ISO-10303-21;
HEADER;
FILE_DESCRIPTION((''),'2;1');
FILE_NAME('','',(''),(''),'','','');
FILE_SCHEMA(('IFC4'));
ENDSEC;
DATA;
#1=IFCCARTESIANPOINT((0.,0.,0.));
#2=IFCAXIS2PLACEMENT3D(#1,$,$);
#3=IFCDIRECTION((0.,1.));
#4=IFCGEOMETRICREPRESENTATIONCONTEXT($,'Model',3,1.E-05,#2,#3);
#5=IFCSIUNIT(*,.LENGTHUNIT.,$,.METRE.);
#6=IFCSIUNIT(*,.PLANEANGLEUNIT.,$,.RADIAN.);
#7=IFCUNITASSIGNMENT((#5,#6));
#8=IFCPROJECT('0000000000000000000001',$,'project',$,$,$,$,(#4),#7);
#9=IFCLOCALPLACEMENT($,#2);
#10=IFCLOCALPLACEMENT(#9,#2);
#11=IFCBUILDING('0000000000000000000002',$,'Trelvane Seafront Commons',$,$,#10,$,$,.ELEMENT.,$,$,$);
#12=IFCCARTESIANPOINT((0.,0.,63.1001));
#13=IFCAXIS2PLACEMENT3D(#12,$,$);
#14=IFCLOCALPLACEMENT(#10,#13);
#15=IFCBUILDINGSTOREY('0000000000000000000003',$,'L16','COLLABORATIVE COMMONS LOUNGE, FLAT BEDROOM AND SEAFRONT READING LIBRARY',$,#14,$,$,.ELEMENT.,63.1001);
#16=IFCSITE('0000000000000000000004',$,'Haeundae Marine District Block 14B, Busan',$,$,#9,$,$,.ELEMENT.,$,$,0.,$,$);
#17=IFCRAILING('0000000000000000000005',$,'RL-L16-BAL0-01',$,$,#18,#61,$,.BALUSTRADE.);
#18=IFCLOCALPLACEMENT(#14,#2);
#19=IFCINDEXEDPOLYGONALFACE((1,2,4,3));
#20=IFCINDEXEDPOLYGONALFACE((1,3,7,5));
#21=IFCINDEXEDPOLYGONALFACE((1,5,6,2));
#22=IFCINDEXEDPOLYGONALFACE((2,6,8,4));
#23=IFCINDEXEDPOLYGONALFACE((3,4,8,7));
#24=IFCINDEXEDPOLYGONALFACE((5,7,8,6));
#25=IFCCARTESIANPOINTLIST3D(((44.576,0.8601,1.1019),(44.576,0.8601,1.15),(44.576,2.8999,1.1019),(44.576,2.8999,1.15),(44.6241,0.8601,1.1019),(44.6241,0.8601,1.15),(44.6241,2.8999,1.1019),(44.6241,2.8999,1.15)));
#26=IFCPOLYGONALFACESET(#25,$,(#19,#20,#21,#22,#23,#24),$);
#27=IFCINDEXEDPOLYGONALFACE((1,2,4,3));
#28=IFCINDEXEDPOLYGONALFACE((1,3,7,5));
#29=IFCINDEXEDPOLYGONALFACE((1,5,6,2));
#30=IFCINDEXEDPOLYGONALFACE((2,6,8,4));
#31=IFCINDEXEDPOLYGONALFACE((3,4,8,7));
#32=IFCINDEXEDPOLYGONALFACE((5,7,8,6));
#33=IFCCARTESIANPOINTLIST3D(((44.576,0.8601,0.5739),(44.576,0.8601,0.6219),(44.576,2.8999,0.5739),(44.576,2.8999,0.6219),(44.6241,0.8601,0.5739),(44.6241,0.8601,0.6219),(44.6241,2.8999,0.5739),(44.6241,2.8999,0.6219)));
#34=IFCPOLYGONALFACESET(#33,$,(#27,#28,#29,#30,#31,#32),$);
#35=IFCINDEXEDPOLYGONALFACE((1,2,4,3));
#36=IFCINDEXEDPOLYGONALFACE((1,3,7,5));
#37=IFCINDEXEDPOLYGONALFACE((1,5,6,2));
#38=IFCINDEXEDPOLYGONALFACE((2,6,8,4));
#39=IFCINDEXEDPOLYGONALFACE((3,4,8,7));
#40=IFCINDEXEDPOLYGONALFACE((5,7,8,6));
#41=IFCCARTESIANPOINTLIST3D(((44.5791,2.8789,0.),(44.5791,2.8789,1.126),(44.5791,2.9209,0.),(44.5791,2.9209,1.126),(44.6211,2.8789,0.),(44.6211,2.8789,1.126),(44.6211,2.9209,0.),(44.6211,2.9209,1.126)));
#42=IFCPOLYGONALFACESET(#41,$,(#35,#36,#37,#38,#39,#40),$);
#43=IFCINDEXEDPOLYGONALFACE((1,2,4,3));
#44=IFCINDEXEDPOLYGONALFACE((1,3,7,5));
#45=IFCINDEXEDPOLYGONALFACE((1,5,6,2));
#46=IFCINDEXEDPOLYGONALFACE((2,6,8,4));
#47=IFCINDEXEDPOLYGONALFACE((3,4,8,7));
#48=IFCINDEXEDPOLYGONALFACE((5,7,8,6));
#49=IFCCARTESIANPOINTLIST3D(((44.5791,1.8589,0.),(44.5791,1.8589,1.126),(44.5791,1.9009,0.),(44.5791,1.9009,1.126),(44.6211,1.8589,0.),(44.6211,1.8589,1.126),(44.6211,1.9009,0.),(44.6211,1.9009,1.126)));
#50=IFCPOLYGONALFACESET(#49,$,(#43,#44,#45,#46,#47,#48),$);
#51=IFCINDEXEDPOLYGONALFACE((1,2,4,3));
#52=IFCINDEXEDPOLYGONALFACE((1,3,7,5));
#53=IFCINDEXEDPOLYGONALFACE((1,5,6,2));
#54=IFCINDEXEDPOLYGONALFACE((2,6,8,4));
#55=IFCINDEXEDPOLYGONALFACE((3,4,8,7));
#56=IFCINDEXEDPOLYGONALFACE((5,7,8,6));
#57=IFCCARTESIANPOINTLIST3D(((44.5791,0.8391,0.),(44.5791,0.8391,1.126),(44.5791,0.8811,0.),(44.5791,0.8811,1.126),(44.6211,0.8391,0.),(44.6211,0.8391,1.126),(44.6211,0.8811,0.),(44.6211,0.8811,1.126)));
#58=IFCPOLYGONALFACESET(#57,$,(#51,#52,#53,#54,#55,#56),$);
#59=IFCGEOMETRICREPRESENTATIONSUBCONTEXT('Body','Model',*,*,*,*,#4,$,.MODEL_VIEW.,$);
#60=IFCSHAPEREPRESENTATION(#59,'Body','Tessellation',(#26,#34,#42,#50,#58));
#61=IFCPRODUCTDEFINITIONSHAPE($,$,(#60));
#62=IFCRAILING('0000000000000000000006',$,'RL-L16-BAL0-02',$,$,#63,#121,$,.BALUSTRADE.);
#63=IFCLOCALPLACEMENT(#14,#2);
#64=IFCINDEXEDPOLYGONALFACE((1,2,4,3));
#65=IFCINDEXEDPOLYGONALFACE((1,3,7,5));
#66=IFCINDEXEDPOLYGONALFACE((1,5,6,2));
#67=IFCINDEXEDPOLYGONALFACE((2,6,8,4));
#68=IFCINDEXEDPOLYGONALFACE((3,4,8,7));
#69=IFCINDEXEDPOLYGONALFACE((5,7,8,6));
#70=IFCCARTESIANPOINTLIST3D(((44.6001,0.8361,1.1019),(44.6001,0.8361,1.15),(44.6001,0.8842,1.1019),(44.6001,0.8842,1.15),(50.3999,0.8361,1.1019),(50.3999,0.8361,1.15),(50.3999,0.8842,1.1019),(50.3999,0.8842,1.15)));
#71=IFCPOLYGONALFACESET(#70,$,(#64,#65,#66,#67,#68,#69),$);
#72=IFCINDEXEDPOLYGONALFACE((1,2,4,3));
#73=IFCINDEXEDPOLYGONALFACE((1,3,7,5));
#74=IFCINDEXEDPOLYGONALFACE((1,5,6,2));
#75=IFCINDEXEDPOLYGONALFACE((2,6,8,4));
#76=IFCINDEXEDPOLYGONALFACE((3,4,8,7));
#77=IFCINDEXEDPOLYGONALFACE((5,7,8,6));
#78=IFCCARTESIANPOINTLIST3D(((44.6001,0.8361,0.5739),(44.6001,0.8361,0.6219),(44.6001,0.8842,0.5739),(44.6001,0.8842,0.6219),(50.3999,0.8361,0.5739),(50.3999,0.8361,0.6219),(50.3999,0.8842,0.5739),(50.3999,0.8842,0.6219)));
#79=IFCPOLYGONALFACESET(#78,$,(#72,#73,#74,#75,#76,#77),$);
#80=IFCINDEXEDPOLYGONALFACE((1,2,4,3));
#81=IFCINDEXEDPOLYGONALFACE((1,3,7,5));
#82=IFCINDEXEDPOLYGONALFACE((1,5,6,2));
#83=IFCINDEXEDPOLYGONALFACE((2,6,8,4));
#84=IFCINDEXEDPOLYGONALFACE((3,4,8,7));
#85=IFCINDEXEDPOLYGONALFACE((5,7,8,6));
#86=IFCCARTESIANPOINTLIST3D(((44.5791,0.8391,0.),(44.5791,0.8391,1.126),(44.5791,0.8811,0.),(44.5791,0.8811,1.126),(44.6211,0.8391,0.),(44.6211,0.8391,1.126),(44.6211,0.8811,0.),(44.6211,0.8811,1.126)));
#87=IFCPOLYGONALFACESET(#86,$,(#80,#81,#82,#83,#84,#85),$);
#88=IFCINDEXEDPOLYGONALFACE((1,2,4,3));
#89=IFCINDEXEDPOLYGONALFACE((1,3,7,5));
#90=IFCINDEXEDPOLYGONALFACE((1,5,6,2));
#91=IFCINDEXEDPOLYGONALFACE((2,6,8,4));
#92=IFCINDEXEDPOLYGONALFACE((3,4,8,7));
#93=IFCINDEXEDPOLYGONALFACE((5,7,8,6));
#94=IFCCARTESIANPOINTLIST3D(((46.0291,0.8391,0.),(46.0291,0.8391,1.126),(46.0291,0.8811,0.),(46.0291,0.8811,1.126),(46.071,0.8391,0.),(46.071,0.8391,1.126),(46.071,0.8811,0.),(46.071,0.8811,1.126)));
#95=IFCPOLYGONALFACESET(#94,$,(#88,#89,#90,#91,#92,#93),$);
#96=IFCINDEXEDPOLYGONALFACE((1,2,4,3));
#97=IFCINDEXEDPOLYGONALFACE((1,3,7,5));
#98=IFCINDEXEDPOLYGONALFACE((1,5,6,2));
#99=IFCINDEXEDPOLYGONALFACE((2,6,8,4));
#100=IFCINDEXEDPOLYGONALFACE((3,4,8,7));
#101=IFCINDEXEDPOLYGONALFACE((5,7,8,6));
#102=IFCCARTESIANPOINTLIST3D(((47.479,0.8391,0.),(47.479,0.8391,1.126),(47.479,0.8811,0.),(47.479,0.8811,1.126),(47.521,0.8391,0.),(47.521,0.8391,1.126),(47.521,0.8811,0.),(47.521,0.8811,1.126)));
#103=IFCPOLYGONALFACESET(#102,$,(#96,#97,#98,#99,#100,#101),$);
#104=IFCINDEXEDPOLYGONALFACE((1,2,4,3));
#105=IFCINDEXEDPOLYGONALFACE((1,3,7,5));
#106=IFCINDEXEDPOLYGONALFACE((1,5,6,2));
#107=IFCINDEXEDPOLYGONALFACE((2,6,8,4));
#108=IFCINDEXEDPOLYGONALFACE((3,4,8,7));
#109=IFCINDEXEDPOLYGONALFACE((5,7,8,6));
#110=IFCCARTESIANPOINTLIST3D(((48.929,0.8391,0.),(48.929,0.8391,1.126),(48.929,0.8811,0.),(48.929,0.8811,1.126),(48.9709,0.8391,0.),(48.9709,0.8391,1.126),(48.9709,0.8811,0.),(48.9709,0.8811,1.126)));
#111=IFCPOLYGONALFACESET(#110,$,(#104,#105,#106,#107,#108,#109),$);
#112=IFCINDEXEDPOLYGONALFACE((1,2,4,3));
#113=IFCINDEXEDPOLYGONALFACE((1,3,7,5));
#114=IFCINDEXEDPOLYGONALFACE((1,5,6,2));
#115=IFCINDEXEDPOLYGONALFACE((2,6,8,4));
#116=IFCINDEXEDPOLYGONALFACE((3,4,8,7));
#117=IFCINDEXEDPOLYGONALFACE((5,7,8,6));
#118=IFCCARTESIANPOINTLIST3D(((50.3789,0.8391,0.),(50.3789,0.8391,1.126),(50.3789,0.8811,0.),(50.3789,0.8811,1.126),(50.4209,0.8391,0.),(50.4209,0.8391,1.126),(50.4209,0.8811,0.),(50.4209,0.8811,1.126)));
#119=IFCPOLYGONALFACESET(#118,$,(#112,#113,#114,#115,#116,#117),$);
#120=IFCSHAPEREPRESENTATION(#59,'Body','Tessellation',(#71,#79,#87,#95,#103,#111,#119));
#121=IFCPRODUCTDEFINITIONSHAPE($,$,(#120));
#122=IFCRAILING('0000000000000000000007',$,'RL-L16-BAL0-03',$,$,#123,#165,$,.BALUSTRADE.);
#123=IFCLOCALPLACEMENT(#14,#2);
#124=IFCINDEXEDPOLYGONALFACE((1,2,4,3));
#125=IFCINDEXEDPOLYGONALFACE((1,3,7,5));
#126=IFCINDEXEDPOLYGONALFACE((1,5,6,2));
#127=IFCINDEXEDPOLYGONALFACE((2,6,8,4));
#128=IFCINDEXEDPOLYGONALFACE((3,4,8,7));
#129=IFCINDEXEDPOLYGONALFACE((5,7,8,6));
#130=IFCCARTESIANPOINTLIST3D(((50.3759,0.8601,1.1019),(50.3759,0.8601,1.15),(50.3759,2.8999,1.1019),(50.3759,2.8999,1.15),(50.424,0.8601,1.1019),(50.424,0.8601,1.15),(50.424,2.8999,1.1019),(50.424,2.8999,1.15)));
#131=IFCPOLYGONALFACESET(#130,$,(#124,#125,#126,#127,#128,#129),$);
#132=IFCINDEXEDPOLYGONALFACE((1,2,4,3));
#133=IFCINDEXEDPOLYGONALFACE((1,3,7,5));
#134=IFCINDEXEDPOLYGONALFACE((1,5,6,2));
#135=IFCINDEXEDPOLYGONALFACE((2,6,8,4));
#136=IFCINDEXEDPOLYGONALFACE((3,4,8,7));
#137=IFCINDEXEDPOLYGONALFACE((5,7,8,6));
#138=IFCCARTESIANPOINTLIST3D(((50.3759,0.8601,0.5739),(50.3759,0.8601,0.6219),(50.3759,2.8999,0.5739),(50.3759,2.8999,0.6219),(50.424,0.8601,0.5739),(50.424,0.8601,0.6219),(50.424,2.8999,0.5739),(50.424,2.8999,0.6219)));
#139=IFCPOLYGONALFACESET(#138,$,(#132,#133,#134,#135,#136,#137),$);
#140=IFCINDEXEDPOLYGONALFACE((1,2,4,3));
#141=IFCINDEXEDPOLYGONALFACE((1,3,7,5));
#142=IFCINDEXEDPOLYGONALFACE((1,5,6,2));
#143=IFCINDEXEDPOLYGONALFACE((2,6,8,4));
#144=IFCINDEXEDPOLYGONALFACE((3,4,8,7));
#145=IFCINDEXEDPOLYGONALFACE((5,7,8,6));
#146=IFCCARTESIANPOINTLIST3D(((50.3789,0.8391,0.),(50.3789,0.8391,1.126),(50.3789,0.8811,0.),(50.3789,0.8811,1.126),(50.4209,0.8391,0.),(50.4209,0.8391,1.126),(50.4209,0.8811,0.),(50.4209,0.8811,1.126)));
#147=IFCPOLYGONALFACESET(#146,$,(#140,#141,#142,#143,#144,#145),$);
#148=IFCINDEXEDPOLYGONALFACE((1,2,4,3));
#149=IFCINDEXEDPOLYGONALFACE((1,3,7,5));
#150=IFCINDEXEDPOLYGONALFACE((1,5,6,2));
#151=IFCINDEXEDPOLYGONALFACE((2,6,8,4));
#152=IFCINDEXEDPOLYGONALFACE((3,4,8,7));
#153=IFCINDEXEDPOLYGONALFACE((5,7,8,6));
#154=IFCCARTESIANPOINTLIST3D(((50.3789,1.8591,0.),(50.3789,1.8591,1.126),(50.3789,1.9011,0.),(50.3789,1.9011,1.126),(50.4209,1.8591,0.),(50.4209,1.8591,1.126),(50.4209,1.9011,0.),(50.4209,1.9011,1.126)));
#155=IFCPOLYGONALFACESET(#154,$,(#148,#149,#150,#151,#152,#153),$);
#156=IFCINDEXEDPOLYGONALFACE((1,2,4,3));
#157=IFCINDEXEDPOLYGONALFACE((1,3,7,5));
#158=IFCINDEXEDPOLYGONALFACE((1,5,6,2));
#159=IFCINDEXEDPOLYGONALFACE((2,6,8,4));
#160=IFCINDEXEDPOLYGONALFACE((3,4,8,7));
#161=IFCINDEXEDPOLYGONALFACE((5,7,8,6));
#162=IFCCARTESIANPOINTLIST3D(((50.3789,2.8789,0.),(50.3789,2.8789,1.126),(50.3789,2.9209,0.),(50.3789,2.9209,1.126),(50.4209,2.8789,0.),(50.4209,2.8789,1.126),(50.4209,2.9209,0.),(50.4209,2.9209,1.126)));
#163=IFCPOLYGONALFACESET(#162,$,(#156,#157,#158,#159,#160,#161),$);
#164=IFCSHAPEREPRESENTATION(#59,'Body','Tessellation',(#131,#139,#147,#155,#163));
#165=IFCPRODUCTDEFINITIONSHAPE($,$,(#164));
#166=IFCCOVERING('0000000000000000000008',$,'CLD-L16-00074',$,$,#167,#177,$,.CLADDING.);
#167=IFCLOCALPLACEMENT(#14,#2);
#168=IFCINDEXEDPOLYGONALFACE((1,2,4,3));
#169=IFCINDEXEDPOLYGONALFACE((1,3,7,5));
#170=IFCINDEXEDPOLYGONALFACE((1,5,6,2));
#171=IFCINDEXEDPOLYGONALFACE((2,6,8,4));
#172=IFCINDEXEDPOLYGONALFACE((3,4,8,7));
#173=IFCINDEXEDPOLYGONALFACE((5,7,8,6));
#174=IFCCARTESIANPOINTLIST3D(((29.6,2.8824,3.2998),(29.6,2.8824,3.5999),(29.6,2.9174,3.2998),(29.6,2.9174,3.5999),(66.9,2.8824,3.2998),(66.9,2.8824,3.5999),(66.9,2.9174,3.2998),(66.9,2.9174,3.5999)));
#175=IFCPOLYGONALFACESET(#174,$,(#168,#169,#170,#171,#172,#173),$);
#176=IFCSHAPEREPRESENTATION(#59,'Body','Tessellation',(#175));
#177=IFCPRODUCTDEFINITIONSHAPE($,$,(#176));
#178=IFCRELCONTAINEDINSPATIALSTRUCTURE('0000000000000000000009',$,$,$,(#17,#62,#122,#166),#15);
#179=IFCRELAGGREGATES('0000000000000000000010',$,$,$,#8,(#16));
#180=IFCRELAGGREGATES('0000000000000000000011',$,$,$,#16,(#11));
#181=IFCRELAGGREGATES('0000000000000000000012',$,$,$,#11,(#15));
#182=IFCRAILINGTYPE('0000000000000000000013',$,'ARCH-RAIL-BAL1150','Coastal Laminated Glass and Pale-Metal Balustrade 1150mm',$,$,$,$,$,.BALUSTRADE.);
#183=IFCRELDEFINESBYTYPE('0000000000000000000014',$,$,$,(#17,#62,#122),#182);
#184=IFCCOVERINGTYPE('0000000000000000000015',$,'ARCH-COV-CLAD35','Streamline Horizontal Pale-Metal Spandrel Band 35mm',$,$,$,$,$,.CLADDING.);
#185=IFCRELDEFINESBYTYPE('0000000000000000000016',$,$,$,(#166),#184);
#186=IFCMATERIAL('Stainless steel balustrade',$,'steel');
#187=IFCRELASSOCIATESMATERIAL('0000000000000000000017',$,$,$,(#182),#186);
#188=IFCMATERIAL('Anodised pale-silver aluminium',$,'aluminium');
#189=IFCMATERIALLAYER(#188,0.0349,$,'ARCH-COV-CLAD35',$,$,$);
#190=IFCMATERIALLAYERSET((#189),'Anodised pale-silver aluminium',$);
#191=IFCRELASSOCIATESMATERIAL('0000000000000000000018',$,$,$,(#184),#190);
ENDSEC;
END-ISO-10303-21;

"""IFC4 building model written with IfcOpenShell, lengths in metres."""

from ifc_helpers import new_model, si_unit, direction, frame, origin, origin_2d, place, context, subcontext, project, spatial, rectangle, extrude, source, transform, mapped, material, layer, layer_set, type_object, element, save


model = new_model("IFC4")

# Units and contexts
model_context = context("Model", 3, precision=1e-05, world=origin(), true_north=direction((0.0, 1.0)))
body_context = subcontext(model_context, "Body", "Model", "MODEL_VIEW")
ifc_project = project(units=[si_unit("LENGTHUNIT", "METRE"), si_unit("PLANEANGLEUNIT", "RADIAN")], contexts=[model_context])

# Site, building, storey
site_placement = place(None, origin())
site = spatial("IfcSite", under=ifc_project, at=site_placement, Name="Haeundae Marine District Block 14B, Busan", CompositionType="ELEMENT", RefElevation=0.0)
building_placement = place(site_placement, origin())
building = spatial("IfcBuilding", under=site, at=building_placement, Name="Trelvane Seafront Commons", CompositionType="ELEMENT")
storey_placement = place(building_placement, frame((0.0, 0.0, 63.1001)))
storey = spatial("IfcBuildingStorey", under=building, at=storey_placement, Name="L16", Description="COLLABORATIVE COMMONS LOUNGE, FLAT BEDROOM AND SEAFRONT READING LIBRARY", CompositionType="ELEMENT", Elevation=63.1001)

# Shared definitions
ifc_material_1 = material(Name="Anodised pale-silver aluminium", Category="aluminium")

# Railings
ifc_material_2 = material(Name="Stainless steel balustrade", Category="steel")
railing_type = type_object("IfcRailingType", Name="ARCH-RAIL-BAL1150", Description="Coastal Laminated Glass and Pale-Metal Balustrade 1150mm", PredefinedType="BALUSTRADE", material=ifc_material_2)
railing_1_placement = place(storey_placement, frame((44.6001, 2.8999, 0.0)))
element("IfcRailing", 1, at=railing_1_placement, inside=storey, type_object=railing_type, Name="RL-L16-BAL0-01", PredefinedType="BALUSTRADE", context=body_context, shape_type="SweptSolid", body=[
    extrude(rectangle(XDim=0.0481, YDim=0.0481, at=origin_2d()), frame((0.0, 0.0, 1.126), z_axis=(0.0, -1.0, 0.0), x_axis=(1.0, 0.0, 0.0)), (0.0, 0.0, 1.0), 2.0398),
    extrude(rectangle(XDim=0.0481, YDim=0.0481, at=origin_2d()), frame((0.0, 0.0, 0.5979), z_axis=(0.0, -1.0, 0.0), x_axis=(1.0, 0.0, 0.0)), (0.0, 0.0, 1.0), 2.0398),
    extrude(rectangle(XDim=0.042, YDim=0.042, at=origin_2d()), origin(), (0.0, 0.0, 1.0), 1.126),
    extrude(rectangle(XDim=0.042, YDim=0.042, at=origin_2d()), frame((0.0, -1.02, 0.0)), (0.0, 0.0, 1.0), 1.126),
    extrude(rectangle(XDim=0.042, YDim=0.042, at=origin_2d()), frame((0.0, -2.0398, 0.0)), (0.0, 0.0, 1.0), 1.126),
])
railing_2_placement = place(storey_placement, frame((44.6001, 0.8601, 0.0)))
element("IfcRailing", 2, at=railing_2_placement, inside=storey, type_object=railing_type, Name="RL-L16-BAL0-02", PredefinedType="BALUSTRADE", context=body_context, shape_type="SweptSolid", body=[
    extrude(rectangle(XDim=0.0481, YDim=0.0481, at=origin_2d()), frame((0.0, 0.0, 1.126), z_axis=(1.0, 0.0, 0.0), x_axis=(0.0, 1.0, 0.0)), (0.0, 0.0, 1.0), 5.7998),
    extrude(rectangle(XDim=0.0481, YDim=0.0481, at=origin_2d()), frame((0.0, 0.0, 0.5979), z_axis=(1.0, 0.0, 0.0), x_axis=(0.0, 1.0, 0.0)), (0.0, 0.0, 1.0), 5.7998),
    extrude(rectangle(XDim=0.042, YDim=0.042, at=origin_2d()), origin(), (0.0, 0.0, 1.0), 1.126),
    extrude(rectangle(XDim=0.042, YDim=0.042, at=origin_2d()), frame((1.45, 0.0, 0.0)), (0.0, 0.0, 1.0), 1.126),
    extrude(rectangle(XDim=0.042, YDim=0.042, at=origin_2d()), frame((2.8999, 0.0, 0.0)), (0.0, 0.0, 1.0), 1.126),
    extrude(rectangle(XDim=0.042, YDim=0.042, at=origin_2d()), frame((4.3499, 0.0, 0.0)), (0.0, 0.0, 1.0), 1.126),
    extrude(rectangle(XDim=0.042, YDim=0.042, at=origin_2d()), frame((5.7998, 0.0, 0.0)), (0.0, 0.0, 1.0), 1.126),
])
railing_3_placement = place(storey_placement, frame((50.3999, 0.8601, 0.0)))
element("IfcRailing", 3, at=railing_3_placement, inside=storey, type_object=railing_type, Name="RL-L16-BAL0-03", PredefinedType="BALUSTRADE", context=body_context, shape_type="SweptSolid", body=[
    extrude(rectangle(XDim=0.0481, YDim=0.0481, at=origin_2d()), frame((0.0, 0.0, 1.126), z_axis=(0.0, 1.0, 0.0), x_axis=(-1.0, 0.0, 0.0)), (0.0, 0.0, 1.0), 2.0398),
    extrude(rectangle(XDim=0.0481, YDim=0.0481, at=origin_2d()), frame((0.0, 0.0, 0.5979), z_axis=(0.0, 1.0, 0.0), x_axis=(-1.0, 0.0, 0.0)), (0.0, 0.0, 1.0), 2.0398),
    extrude(rectangle(XDim=0.042, YDim=0.042, at=origin_2d()), origin(), (0.0, 0.0, 1.0), 1.126),
    extrude(rectangle(XDim=0.042, YDim=0.042, at=origin_2d()), frame((0.0, 1.02, 0.0)), (0.0, 0.0, 1.0), 1.126),
    extrude(rectangle(XDim=0.042, YDim=0.042, at=origin_2d()), frame((0.0, 2.0398, 0.0)), (0.0, 0.0, 1.0), 1.126),
])

# Covering
ifc_layer_1 = layer(ifc_material_1, 0.0349, Name="ARCH-COV-CLAD35")
ifc_layer_set_1 = layer_set([ifc_layer_1], Name="Anodised pale-silver aluminium")
covering_type = type_object("IfcCoveringType", Name="ARCH-COV-CLAD35", Description="Streamline Horizontal Pale-Metal Spandrel Band 35mm", PredefinedType="CLADDING", material=ifc_layer_set_1)
shared_shape_1 = source(origin(), body_context, "Body", "SweptSolid", [
    extrude(rectangle(XDim=37.3, YDim=0.0349, at=origin_2d()), origin(), (0.0, 0.0, 1.0), 0.3),
])
covering_placement = place(storey_placement, frame((48.25, 2.8999, 3.2998), z_axis=(0.0, 0.0, 1.0), x_axis=(-1.0, 0.0, 0.0)))
element("IfcCovering", 4, at=covering_placement, inside=storey, type_object=covering_type, Name="CLD-L16-00074", PredefinedType="CLADDING", context=body_context, shape_type="MappedRepresentation", body=[
    mapped(shared_shape_1, transform((0.0, 0.0, 0.0), x_axis=(1.0, 0.0, 0.0), y_axis=(0.0, 1.0, 0.0), z_axis=(0.0, 0.0, 1.0), scale=1.0)),
])

save(model, "model.ifc")
